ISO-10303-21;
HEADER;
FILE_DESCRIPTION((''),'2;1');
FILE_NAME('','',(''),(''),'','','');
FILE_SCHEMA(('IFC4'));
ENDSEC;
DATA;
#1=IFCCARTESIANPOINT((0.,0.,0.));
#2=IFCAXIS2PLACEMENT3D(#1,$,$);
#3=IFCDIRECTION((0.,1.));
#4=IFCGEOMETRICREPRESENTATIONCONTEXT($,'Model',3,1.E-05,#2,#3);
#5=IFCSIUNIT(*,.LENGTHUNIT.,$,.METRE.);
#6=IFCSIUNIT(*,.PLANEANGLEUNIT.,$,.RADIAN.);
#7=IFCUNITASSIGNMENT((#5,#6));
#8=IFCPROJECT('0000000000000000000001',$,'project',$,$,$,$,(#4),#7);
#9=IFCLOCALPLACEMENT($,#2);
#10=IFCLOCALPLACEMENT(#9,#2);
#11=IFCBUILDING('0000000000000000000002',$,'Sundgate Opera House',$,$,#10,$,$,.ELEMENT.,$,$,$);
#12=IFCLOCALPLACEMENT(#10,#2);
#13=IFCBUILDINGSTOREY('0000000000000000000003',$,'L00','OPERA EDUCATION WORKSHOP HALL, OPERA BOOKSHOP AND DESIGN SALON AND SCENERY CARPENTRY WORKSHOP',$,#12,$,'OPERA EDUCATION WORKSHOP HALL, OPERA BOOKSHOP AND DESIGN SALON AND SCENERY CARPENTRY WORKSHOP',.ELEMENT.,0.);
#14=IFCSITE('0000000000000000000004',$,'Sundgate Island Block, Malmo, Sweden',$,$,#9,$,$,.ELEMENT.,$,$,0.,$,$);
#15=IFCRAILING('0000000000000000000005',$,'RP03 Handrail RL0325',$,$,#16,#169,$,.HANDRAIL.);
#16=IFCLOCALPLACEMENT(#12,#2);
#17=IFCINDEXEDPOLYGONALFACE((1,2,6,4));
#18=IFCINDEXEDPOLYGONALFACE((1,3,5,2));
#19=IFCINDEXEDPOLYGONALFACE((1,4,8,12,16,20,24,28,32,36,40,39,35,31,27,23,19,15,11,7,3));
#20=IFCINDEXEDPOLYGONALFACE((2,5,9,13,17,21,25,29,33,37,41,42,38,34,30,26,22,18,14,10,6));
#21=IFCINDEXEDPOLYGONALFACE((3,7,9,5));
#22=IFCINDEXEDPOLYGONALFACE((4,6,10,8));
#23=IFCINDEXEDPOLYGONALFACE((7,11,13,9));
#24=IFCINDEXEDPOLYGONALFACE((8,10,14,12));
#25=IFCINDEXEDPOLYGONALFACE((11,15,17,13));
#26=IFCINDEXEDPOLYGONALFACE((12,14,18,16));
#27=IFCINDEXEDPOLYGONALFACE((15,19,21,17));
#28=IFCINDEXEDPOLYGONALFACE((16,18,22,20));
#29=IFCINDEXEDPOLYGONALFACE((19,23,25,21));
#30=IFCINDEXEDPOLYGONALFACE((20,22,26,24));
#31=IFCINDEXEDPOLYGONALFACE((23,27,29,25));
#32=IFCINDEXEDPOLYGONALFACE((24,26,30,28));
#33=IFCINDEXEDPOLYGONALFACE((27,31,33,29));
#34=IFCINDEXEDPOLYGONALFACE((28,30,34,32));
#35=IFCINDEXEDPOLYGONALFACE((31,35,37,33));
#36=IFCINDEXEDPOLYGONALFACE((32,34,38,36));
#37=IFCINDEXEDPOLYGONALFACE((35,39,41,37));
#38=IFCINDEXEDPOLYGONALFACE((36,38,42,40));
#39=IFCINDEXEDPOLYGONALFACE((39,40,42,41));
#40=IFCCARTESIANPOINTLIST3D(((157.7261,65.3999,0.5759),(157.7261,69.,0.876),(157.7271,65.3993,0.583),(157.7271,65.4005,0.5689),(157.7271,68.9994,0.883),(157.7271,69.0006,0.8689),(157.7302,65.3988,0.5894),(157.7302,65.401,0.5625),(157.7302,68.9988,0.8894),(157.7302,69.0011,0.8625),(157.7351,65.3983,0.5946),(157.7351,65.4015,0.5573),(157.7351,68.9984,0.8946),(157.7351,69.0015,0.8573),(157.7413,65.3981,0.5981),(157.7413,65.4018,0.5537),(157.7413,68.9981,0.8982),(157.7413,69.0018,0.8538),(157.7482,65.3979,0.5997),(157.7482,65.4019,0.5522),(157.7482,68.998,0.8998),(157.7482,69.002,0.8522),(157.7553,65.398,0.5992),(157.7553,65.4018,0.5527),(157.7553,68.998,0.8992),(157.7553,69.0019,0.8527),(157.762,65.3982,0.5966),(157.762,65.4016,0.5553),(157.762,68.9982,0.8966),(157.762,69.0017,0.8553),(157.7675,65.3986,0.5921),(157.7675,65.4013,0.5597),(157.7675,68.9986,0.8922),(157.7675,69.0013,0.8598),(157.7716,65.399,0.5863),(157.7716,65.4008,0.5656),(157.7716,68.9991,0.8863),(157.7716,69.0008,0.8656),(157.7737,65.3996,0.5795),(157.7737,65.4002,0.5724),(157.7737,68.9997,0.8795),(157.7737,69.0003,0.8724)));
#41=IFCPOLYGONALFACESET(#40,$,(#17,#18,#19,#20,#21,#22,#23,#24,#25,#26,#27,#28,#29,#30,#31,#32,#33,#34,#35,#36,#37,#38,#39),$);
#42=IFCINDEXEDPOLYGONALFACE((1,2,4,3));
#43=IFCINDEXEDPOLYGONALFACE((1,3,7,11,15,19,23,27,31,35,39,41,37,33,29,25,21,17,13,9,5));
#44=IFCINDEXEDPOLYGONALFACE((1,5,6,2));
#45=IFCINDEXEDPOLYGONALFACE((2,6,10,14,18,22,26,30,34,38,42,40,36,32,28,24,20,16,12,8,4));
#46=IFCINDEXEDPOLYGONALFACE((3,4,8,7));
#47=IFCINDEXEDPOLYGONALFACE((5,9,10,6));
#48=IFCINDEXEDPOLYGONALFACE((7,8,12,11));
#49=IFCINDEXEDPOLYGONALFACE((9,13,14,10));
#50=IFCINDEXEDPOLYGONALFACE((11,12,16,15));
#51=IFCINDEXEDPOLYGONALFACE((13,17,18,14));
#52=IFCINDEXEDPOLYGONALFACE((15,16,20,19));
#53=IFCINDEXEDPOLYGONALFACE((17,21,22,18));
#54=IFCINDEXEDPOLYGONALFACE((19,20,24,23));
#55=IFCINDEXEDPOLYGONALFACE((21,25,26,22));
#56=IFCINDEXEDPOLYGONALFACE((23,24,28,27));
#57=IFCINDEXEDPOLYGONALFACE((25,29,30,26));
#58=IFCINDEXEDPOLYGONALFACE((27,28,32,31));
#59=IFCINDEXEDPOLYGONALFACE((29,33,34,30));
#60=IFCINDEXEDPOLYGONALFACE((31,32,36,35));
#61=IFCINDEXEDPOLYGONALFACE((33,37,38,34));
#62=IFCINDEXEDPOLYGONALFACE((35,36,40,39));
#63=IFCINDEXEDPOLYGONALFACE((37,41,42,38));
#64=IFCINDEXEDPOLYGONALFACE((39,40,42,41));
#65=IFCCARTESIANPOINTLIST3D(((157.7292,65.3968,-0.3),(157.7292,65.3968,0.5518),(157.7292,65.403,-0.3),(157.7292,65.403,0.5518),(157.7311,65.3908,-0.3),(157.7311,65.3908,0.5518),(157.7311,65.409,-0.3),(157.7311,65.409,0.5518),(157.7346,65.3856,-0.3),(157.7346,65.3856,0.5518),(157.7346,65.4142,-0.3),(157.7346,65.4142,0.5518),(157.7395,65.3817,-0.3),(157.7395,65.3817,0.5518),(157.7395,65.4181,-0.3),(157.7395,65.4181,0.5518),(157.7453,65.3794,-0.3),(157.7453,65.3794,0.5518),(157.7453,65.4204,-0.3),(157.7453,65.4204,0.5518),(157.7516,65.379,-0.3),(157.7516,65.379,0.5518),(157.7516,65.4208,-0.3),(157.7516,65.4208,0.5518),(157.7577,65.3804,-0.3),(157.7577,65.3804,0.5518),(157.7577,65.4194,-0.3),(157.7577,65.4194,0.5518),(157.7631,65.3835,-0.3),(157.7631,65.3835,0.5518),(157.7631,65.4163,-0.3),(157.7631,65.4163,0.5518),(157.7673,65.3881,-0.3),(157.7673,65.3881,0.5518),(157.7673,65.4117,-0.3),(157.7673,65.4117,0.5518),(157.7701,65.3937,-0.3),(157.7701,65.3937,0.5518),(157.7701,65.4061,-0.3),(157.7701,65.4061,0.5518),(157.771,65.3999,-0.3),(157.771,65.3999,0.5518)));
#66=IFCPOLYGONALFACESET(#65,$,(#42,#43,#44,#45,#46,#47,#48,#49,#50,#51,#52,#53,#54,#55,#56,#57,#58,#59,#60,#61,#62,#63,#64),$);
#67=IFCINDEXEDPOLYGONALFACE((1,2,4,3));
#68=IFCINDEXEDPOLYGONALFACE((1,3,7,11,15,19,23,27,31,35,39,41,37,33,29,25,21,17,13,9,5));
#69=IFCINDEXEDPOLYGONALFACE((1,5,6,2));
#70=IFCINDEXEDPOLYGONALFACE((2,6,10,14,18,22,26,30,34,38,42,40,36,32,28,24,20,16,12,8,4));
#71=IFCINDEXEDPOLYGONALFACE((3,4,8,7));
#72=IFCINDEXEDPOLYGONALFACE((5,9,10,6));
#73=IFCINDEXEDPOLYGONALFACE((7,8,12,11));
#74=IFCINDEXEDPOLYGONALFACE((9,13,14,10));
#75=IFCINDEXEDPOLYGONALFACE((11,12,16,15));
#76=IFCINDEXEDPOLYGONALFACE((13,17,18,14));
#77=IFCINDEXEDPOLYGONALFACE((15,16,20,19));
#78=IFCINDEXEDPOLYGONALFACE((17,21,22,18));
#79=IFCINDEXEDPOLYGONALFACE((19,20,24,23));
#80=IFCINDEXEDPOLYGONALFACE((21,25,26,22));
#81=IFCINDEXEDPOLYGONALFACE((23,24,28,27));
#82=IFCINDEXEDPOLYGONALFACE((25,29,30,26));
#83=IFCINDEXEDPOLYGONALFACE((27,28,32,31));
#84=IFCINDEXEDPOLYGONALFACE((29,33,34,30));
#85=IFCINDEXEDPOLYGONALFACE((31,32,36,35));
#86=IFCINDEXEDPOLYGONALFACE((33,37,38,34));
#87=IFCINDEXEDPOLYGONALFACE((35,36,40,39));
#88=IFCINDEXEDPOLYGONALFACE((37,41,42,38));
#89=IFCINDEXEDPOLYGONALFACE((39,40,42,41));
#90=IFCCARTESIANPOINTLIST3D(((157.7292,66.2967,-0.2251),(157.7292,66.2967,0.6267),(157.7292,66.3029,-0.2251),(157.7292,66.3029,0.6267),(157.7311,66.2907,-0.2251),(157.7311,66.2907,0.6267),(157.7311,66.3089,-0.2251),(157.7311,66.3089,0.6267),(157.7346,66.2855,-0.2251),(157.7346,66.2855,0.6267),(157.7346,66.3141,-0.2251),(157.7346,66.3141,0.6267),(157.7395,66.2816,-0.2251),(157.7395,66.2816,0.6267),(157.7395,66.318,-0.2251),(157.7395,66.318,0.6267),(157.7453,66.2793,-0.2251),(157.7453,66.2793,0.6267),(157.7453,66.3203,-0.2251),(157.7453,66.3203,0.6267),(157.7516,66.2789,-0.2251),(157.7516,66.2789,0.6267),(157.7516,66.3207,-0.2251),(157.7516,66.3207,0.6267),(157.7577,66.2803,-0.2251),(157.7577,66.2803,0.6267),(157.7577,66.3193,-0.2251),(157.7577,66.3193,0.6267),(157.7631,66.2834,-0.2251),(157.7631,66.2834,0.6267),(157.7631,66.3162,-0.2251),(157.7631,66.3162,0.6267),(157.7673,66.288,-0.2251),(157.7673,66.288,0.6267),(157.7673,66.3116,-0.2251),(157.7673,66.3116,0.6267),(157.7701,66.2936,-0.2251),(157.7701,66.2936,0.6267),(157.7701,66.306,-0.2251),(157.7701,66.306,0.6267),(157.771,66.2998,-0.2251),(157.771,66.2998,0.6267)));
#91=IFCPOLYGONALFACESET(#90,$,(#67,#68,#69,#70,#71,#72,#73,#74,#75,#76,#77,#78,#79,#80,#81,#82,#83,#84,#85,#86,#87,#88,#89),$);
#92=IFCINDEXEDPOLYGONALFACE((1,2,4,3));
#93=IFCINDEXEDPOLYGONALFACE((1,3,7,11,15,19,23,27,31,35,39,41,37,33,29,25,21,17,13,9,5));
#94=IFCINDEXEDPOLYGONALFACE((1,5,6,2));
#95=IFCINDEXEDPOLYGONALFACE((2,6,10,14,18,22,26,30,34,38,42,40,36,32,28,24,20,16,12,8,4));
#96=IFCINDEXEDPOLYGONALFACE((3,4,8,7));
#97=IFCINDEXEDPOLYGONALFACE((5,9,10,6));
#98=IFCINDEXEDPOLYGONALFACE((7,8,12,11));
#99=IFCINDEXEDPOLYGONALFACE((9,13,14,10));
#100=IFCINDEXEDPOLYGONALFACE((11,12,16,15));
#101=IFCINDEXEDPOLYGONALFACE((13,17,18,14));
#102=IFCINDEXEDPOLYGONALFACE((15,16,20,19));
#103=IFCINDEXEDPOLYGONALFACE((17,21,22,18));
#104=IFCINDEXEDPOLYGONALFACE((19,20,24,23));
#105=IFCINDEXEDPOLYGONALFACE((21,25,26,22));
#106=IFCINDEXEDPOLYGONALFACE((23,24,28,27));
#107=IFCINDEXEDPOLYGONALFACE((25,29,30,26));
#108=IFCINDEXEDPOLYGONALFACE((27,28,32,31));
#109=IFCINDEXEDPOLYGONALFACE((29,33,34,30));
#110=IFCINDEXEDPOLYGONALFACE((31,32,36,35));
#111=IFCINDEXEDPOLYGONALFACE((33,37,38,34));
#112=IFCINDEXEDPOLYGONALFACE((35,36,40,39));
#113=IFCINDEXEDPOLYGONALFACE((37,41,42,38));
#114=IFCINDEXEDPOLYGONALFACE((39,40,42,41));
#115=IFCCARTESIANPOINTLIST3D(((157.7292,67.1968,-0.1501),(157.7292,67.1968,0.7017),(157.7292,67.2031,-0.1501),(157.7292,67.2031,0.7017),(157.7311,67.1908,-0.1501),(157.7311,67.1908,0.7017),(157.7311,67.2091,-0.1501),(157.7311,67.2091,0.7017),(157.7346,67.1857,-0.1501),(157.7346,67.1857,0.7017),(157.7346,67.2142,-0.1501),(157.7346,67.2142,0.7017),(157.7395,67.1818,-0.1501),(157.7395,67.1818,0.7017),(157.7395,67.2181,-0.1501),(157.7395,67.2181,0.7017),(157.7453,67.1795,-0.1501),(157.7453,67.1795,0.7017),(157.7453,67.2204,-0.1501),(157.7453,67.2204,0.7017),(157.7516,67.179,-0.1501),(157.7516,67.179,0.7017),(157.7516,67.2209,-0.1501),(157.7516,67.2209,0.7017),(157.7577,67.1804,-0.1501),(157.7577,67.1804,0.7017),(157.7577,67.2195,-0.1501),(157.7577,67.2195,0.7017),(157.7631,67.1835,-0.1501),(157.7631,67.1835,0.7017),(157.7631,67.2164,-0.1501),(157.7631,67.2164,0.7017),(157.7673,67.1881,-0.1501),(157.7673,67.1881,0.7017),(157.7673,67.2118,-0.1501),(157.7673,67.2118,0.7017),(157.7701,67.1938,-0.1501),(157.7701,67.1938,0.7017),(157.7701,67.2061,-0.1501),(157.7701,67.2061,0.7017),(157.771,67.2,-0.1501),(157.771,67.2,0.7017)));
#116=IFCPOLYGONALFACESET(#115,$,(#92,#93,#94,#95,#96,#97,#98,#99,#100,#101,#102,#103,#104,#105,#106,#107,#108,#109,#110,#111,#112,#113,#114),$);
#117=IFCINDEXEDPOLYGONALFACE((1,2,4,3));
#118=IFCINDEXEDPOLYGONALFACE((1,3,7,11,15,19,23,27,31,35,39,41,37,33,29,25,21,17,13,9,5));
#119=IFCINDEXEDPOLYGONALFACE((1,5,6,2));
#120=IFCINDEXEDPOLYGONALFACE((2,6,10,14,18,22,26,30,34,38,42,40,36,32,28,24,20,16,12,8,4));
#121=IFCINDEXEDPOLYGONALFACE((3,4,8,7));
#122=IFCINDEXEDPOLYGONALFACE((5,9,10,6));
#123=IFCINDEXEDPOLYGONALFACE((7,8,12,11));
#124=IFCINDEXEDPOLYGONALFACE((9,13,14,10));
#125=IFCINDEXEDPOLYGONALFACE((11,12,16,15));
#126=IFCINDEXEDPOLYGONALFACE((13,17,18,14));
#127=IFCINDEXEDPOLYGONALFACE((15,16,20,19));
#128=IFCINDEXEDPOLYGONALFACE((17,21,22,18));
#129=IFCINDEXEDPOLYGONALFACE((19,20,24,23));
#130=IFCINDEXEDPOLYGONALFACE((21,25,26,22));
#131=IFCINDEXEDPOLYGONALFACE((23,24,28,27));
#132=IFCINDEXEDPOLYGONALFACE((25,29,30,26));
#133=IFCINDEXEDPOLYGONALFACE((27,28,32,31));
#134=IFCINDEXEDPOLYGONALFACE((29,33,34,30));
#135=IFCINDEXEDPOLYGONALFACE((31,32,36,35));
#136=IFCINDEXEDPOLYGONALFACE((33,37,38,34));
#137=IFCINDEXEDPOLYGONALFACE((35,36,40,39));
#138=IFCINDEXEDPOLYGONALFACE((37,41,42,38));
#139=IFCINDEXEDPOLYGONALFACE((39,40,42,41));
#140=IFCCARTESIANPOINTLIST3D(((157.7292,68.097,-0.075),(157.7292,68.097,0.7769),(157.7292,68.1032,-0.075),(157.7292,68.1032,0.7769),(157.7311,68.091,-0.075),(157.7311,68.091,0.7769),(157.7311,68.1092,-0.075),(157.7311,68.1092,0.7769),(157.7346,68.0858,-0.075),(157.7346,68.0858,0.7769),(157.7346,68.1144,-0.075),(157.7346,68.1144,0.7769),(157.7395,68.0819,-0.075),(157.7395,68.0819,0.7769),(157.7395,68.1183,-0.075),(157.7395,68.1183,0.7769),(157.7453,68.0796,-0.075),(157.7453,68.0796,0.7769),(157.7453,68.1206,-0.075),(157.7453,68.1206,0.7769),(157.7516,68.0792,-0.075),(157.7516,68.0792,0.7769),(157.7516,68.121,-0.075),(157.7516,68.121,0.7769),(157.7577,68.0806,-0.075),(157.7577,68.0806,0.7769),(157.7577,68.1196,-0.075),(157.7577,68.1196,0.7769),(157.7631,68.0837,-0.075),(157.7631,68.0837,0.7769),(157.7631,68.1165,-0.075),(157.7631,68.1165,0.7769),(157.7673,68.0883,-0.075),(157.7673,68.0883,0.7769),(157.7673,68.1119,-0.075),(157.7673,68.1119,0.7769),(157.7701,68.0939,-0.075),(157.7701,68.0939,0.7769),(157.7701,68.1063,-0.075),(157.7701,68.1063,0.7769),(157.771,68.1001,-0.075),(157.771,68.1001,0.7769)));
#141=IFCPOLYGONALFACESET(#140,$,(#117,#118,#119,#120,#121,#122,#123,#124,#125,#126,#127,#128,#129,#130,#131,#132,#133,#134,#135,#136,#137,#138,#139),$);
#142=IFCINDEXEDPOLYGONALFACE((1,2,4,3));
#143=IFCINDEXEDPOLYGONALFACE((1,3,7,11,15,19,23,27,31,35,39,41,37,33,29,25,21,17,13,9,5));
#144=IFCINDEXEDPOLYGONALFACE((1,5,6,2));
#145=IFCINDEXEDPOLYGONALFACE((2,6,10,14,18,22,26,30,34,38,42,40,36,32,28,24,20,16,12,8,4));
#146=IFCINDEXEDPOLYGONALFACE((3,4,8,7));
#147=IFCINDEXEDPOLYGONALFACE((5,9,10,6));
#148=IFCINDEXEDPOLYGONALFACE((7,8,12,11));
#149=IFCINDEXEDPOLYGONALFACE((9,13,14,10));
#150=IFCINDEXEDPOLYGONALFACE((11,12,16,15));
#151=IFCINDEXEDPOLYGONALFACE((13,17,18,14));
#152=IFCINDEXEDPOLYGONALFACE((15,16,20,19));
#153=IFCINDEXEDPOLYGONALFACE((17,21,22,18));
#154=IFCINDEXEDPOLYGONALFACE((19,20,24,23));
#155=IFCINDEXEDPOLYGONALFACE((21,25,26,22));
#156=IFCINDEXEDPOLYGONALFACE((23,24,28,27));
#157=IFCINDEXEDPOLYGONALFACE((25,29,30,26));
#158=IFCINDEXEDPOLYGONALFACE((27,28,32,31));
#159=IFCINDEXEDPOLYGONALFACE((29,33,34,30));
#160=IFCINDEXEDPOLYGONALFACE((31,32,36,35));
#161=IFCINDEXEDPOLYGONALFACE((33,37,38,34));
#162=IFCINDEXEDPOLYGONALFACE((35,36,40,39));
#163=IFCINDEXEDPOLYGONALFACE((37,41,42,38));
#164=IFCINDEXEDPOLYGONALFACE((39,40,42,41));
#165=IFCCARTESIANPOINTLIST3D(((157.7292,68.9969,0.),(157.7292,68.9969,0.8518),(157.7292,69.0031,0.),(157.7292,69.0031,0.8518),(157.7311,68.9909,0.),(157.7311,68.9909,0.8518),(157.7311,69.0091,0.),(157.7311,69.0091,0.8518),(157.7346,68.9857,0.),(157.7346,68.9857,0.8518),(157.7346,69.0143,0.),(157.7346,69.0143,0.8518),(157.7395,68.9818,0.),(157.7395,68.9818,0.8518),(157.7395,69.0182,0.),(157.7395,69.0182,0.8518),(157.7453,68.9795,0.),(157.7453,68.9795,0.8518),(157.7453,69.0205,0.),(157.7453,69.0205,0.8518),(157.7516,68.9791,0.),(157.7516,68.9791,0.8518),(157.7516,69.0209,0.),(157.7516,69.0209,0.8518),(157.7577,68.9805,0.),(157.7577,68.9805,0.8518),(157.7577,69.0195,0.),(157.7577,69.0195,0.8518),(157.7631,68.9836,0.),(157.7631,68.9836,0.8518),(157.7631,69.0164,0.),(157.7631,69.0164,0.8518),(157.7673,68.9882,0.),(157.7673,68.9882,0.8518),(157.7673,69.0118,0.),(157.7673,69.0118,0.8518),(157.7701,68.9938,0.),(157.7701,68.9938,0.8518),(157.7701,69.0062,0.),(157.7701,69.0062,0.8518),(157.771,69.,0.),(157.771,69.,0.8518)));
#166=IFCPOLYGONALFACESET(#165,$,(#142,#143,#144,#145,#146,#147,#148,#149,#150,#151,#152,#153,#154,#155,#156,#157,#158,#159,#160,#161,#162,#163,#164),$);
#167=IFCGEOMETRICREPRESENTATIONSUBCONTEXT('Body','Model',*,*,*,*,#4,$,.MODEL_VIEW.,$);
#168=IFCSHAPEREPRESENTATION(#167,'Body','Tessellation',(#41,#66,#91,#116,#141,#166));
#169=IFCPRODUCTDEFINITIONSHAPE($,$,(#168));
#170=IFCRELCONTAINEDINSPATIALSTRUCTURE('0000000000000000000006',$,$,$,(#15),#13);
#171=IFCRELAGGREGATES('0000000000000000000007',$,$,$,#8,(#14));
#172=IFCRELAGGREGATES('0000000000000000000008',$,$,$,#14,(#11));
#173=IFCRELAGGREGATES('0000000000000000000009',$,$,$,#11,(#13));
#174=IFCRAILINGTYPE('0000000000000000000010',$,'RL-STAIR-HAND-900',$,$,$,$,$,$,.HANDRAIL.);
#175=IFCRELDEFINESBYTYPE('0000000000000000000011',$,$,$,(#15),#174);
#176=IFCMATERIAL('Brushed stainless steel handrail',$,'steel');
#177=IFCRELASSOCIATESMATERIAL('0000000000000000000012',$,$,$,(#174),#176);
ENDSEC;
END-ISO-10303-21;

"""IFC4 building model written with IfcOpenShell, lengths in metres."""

from ifc_helpers import new_model, si_unit, direction, frame, origin, origin_2d, place, context, subcontext, project, spatial, circle, extrude, material, type_object, element, save


model = new_model("IFC4")

# Units and contexts
model_context = context("Model", 3, precision=1e-05, world=origin(), true_north=direction((0.0, 1.0)))
body_context = subcontext(model_context, "Body", "Model", "MODEL_VIEW")
ifc_project = project(units=[si_unit("LENGTHUNIT", "METRE"), si_unit("PLANEANGLEUNIT", "RADIAN")], contexts=[model_context])

# Site, building, storey
site_placement = place(None, origin())
site = spatial("IfcSite", under=ifc_project, at=site_placement, Name="Sundgate Island Block, Malmo, Sweden", CompositionType="ELEMENT", RefElevation=0.0)
building_placement = place(site_placement, origin())
building = spatial("IfcBuilding", under=site, at=building_placement, Name="Sundgate Opera House", CompositionType="ELEMENT")
storey_placement = place(building_placement, origin())
storey = spatial("IfcBuildingStorey", under=building, at=storey_placement, Name="L00", Description="OPERA EDUCATION WORKSHOP HALL, OPERA BOOKSHOP AND DESIGN SALON AND SCENERY CARPENTRY WORKSHOP", LongName="OPERA EDUCATION WORKSHOP HALL, OPERA BOOKSHOP AND DESIGN SALON AND SCENERY CARPENTRY WORKSHOP", CompositionType="ELEMENT", Elevation=0.0)

# Railing
ifc_material_1 = material(Name="Brushed stainless steel handrail", Category="steel")
railing_type = type_object("IfcRailingType", Name="RL-STAIR-HAND-900", PredefinedType="HANDRAIL", material=ifc_material_1)
for number, where, name in (
    (1, (157.75, 65.3999, -0.3), "RP03 Handrail RL0325"),
):
    element("IfcRailing", number, at=place(storey_placement, frame(where)), inside=storey, type_object=railing_type, Name=name, PredefinedType="HANDRAIL", context=body_context, shape_type="SweptSolid", body=[
        extrude(circle(Radius=0.0239, at=origin_2d()), frame((0.0, 0.0, 0.876), z_axis=(0.0, 0.996545, 0.083057), x_axis=(-1.0, 0.0, 0.0)), (0.0, 0.0, 1.0), 3.6125),
        extrude(circle(Radius=0.021, at=origin_2d()), origin(), (0.0, 0.0, 1.0), 0.8518),
        extrude(circle(Radius=0.021, at=origin_2d()), frame((0.0, 0.8999, 0.075)), (0.0, 0.0, 1.0), 0.8518),
        extrude(circle(Radius=0.021, at=origin_2d()), frame((0.0, 1.8, 0.1499)), (0.0, 0.0, 1.0), 0.8518),
        extrude(circle(Radius=0.021, at=origin_2d()), frame((0.0, 2.7002, 0.2251)), (0.0, 0.0, 1.0), 0.8518),
        extrude(circle(Radius=0.021, at=origin_2d()), frame((0.0, 3.6001, 0.3)), (0.0, 0.0, 1.0), 0.8518),
    ])

save(model, "model.ifc")
